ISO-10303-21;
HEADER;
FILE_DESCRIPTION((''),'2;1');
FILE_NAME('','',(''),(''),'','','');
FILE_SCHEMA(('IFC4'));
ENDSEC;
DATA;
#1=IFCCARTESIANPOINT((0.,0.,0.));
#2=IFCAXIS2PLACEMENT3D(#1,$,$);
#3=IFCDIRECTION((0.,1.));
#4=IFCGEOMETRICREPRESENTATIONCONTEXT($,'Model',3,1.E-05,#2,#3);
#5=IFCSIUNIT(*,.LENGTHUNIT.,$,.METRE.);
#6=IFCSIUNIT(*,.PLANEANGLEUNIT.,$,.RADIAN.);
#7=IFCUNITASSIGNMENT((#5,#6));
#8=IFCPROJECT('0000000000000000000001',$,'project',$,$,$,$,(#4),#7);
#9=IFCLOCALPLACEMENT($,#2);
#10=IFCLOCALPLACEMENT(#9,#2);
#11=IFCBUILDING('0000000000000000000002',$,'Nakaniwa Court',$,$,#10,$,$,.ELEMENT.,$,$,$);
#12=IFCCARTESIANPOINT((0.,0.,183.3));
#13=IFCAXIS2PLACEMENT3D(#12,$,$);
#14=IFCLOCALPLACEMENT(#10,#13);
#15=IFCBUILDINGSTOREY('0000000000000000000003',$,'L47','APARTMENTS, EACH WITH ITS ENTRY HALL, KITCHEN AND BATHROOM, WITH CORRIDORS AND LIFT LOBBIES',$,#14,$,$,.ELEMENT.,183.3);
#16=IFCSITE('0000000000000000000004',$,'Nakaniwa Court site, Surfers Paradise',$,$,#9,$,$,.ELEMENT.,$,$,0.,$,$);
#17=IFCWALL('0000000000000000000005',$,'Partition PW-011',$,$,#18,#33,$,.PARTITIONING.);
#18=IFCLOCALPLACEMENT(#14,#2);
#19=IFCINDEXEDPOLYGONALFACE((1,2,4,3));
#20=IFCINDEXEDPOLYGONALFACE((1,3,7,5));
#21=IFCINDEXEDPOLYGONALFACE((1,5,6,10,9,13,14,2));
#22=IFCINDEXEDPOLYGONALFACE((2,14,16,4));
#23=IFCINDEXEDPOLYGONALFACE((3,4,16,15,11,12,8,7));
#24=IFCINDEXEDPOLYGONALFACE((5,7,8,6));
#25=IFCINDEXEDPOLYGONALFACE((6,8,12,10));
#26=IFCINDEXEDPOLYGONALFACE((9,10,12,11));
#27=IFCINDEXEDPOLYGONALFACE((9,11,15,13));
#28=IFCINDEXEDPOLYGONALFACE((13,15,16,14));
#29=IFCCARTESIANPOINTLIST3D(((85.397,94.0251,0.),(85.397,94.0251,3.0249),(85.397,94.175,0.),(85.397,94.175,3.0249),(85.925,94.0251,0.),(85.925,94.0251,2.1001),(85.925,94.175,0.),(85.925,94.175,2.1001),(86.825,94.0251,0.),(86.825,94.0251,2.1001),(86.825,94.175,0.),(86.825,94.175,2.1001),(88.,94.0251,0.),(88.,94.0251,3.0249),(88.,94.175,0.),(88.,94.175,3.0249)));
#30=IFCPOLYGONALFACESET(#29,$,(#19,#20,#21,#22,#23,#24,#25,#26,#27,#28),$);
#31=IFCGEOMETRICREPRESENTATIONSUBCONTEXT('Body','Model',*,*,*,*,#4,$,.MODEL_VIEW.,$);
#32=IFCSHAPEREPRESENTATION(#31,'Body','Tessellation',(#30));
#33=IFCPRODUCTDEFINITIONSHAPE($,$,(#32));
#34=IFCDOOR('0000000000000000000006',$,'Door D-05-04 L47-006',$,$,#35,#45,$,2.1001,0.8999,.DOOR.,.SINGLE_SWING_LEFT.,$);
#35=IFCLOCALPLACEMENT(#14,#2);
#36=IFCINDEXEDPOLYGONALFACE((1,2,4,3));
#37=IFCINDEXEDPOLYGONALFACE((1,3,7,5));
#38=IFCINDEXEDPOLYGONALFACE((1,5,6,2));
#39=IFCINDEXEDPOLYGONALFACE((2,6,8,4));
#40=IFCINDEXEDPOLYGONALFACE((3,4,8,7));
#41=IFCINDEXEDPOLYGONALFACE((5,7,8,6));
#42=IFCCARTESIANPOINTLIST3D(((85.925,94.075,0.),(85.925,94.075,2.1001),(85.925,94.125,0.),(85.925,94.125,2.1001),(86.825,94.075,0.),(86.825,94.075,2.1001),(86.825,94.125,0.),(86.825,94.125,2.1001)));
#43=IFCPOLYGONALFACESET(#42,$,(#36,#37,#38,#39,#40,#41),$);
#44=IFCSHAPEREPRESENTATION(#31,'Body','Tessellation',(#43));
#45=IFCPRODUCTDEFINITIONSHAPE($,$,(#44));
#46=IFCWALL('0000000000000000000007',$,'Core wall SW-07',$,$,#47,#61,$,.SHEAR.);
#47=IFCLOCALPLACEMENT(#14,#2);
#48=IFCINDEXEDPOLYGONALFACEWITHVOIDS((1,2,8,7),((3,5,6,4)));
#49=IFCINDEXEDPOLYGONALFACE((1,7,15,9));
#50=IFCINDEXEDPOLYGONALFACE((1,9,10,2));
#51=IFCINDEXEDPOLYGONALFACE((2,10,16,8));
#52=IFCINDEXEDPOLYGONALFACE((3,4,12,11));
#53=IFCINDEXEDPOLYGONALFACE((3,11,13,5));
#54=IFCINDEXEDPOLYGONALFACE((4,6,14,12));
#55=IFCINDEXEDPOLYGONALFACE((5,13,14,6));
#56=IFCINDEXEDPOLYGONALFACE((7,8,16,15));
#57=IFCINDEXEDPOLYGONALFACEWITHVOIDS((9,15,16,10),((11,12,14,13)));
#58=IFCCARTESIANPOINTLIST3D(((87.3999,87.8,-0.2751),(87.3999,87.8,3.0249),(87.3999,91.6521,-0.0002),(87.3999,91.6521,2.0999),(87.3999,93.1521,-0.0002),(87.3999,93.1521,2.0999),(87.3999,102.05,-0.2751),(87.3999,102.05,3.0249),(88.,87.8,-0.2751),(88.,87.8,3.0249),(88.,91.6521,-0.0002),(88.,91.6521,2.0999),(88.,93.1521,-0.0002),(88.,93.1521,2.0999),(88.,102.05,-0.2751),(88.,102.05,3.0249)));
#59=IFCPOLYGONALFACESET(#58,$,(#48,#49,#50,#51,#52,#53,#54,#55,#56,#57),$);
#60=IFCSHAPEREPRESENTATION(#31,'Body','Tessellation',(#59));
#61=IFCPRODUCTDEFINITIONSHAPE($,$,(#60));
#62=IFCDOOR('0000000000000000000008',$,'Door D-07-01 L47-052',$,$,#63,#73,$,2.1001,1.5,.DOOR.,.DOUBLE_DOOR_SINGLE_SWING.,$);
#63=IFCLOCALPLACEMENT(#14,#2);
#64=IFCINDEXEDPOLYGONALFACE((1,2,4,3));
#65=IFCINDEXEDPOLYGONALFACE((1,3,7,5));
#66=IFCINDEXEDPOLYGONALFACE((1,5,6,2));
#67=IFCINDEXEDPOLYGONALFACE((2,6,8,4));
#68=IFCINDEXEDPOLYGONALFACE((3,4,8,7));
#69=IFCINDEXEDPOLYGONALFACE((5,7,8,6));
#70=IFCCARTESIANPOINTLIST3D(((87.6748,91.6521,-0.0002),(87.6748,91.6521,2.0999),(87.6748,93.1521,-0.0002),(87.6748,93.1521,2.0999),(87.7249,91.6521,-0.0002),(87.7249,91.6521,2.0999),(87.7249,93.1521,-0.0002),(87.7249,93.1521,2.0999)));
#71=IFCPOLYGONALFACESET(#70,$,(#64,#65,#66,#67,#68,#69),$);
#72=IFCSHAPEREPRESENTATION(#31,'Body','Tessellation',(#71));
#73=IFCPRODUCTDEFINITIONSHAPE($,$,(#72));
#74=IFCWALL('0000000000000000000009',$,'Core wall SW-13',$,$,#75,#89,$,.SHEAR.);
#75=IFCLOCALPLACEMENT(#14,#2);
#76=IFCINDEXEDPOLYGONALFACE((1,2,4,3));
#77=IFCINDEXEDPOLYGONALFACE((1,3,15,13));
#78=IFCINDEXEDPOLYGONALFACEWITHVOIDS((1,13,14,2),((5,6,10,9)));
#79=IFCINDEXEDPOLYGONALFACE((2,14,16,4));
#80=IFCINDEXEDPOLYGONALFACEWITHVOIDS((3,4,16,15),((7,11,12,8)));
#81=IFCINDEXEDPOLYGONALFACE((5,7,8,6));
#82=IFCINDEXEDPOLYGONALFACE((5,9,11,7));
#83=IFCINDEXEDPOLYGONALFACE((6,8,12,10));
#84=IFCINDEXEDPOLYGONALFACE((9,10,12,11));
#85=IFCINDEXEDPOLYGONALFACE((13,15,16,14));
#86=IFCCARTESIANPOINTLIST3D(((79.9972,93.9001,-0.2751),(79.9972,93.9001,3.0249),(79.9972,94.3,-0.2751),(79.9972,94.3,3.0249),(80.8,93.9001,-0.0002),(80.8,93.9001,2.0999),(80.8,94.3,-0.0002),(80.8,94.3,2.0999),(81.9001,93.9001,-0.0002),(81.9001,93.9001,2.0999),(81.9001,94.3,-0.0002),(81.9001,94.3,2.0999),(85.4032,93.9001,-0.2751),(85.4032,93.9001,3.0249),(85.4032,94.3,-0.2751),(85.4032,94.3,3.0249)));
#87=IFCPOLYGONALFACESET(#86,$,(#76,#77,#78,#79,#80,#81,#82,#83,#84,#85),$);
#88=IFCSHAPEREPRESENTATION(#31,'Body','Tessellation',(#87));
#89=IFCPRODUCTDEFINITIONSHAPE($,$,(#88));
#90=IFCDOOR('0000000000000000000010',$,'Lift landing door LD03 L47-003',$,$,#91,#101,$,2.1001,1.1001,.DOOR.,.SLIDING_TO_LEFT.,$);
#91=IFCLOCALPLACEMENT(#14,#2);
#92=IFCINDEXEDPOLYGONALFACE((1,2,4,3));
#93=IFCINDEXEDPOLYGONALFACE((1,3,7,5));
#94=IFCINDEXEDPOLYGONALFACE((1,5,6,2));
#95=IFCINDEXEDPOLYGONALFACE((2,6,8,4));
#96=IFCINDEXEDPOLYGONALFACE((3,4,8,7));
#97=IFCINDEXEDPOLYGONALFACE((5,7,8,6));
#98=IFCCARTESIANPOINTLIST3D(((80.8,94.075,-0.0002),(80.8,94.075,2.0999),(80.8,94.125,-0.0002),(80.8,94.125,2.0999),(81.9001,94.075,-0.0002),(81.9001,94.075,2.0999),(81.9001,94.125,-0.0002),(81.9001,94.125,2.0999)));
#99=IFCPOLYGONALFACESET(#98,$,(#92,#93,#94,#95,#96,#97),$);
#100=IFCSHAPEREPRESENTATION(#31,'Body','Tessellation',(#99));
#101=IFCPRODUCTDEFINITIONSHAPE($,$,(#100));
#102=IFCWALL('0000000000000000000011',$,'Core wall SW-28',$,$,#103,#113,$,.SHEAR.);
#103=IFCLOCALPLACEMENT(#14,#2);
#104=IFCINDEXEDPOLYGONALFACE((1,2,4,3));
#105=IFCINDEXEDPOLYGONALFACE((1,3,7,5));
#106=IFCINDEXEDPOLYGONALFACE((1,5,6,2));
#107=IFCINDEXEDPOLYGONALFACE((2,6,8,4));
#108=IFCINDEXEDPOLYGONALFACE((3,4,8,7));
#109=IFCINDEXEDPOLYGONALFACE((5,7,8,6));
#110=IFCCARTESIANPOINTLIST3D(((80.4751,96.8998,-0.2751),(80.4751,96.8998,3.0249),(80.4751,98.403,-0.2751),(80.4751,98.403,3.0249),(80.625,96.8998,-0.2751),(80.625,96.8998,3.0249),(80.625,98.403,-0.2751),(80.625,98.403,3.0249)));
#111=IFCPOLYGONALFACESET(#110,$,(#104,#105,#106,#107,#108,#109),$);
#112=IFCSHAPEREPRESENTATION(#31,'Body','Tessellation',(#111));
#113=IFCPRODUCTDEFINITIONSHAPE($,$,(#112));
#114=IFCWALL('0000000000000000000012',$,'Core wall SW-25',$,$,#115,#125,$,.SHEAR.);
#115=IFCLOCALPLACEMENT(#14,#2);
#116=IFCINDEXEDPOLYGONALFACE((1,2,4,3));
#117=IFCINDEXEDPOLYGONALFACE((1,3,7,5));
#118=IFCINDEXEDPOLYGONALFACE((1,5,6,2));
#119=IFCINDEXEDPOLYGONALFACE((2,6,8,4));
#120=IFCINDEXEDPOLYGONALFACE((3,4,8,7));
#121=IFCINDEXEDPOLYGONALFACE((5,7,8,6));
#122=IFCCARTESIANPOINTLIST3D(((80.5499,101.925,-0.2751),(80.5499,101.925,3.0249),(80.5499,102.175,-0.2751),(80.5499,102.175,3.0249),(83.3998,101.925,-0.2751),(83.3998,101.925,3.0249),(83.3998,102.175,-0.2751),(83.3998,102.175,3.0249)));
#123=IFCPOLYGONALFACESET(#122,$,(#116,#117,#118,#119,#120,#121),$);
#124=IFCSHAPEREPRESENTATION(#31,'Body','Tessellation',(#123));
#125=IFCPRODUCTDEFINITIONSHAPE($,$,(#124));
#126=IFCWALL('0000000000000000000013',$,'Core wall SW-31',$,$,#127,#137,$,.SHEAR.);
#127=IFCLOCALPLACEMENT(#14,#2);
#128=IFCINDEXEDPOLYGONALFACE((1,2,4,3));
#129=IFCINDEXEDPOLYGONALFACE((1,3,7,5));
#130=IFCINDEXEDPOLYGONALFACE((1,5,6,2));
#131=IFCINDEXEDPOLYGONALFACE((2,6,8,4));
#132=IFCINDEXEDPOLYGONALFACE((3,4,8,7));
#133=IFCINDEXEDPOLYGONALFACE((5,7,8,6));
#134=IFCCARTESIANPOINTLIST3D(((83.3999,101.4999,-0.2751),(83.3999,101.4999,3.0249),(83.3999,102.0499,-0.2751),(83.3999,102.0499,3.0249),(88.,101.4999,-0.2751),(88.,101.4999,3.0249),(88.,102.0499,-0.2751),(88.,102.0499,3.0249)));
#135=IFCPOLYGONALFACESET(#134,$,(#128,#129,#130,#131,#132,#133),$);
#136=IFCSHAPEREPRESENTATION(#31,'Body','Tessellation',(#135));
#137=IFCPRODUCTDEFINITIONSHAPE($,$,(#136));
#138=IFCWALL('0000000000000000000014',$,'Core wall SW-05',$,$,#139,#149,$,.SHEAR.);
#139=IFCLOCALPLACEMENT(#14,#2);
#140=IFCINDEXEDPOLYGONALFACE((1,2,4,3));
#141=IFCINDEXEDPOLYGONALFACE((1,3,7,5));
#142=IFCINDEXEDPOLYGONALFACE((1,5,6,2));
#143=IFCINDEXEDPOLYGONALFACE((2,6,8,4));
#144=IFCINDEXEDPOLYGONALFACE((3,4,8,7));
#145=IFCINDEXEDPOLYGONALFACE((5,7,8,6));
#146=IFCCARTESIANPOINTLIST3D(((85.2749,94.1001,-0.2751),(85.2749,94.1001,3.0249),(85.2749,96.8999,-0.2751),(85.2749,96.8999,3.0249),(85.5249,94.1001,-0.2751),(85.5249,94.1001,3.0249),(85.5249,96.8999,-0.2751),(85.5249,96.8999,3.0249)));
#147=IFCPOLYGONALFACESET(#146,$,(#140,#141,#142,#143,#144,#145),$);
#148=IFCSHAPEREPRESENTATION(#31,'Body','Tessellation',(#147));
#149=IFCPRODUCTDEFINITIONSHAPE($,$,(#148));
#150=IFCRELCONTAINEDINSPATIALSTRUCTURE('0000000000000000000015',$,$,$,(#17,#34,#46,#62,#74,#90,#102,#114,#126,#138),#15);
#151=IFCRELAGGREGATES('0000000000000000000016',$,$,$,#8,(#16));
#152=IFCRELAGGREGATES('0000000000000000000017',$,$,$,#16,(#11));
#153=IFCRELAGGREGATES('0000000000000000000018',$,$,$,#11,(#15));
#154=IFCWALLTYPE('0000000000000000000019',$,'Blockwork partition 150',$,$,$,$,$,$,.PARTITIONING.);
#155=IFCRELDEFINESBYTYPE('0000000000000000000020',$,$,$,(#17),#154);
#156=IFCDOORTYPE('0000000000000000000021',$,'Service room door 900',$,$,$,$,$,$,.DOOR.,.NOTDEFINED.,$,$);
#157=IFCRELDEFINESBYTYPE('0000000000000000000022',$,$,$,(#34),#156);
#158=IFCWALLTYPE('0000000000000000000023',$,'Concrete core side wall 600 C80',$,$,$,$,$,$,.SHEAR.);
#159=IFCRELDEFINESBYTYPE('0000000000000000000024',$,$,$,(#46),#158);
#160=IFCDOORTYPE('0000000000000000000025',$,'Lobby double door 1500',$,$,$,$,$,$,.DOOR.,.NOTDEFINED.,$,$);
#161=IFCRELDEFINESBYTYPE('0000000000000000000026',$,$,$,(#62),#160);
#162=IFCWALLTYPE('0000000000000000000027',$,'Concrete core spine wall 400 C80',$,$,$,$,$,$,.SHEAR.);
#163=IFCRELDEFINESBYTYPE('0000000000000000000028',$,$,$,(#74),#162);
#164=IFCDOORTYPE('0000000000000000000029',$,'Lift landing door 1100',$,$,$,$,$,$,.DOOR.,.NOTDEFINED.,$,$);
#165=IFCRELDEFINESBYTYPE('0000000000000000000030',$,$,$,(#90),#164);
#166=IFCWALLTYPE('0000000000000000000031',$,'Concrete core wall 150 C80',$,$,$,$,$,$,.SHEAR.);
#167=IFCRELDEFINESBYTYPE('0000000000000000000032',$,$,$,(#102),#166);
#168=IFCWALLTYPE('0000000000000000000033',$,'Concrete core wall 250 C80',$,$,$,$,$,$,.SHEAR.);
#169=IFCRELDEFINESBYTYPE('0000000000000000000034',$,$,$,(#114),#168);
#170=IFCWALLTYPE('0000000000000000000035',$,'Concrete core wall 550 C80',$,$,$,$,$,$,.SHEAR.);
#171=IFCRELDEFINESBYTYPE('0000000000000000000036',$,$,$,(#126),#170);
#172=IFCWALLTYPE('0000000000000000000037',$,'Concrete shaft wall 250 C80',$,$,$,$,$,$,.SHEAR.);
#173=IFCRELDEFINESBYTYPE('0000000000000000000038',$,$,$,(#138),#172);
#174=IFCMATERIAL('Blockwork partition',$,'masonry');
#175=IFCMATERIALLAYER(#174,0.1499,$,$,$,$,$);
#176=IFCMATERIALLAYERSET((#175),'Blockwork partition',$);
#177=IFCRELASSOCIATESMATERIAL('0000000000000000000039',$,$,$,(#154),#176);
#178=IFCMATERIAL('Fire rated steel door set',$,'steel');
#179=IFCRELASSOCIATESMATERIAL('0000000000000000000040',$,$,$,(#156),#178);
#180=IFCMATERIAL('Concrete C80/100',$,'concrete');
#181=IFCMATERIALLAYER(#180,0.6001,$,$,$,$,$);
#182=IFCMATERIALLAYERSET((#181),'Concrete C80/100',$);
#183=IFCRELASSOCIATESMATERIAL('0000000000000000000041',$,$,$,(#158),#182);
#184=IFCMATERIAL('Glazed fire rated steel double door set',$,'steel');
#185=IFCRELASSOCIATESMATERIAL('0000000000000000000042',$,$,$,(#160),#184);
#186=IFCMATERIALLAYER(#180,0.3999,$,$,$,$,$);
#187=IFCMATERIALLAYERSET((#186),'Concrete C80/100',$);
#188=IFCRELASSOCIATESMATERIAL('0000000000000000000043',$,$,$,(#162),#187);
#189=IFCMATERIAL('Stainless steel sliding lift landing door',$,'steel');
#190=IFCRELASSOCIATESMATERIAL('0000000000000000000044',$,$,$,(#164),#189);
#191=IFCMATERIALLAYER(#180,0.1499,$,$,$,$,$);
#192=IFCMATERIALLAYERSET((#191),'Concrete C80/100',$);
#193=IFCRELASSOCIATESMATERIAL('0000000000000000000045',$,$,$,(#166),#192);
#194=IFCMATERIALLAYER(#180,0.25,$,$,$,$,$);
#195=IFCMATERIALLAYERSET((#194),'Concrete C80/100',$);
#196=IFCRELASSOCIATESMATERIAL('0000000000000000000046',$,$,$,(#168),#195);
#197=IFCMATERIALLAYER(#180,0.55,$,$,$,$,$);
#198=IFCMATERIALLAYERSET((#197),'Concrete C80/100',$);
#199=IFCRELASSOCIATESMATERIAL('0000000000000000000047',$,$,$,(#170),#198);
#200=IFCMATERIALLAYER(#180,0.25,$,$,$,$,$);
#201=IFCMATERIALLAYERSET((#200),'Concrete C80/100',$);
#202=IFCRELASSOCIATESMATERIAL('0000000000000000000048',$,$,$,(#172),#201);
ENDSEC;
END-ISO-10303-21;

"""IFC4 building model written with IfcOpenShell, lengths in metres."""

from ifc_helpers import new_model, si_unit, direction, frame, frame_2d, origin, place, context, subcontext, project, spatial, rectangle, extrude, material, layer, layer_set, type_object, element, fill, save


model = new_model("IFC4")

# Units and contexts
model_context = context("Model", 3, precision=1e-05, world=origin(), true_north=direction((0.0, 1.0)))
body_context = subcontext(model_context, "Body", "Model", "MODEL_VIEW")
ifc_project = project(units=[si_unit("LENGTHUNIT", "METRE"), si_unit("PLANEANGLEUNIT", "RADIAN")], contexts=[model_context])

# Site, building, storey
site_placement = place(None, origin())
site = spatial("IfcSite", under=ifc_project, at=site_placement, Name="Nakaniwa Court site, Surfers Paradise", CompositionType="ELEMENT", RefElevation=0.0)
building_placement = place(site_placement, origin())
building = spatial("IfcBuilding", under=site, at=building_placement, Name="Nakaniwa Court", CompositionType="ELEMENT")
storey_placement = place(building_placement, frame((0.0, 0.0, 183.3)))
storey = spatial("IfcBuildingStorey", under=building, at=storey_placement, Name="L47", Description="APARTMENTS, EACH WITH ITS ENTRY HALL, KITCHEN AND BATHROOM, WITH CORRIDORS AND LIFT LOBBIES", CompositionType="ELEMENT", Elevation=183.3)

# Walls, openings, doors
ifc_material_1 = material(Name="Blockwork partition", Category="masonry")
ifc_layer_1 = layer(ifc_material_1, 0.1499)
ifc_layer_set_1 = layer_set([ifc_layer_1], Name="Blockwork partition")
wall_type_1 = type_object("IfcWallType", Name="Blockwork partition 150", PredefinedType="PARTITIONING", material=ifc_layer_set_1)
wall_1_placement = place(storey_placement, frame((85.397, 94.1001, 0.0), z_axis=(0.0, 0.0, 1.0), x_axis=(1.0, 0.0, 0.0)))
wall_1 = element("IfcWall", 1, at=wall_1_placement, inside=storey, type_object=wall_type_1, Name="Partition PW-011", PredefinedType="PARTITIONING", context=body_context, shape_type="SweptSolid", body=[
    extrude(rectangle(XDim=2.603, YDim=0.1499, at=frame_2d((1.3015, 0.0))), origin(), (0.0, 0.0, 1.0), 3.0249),
])
opening_1_placement = place(wall_1_placement, frame((0.5281, 0.0, 0.0)))
opening_1 = element("IfcOpeningElement", 2, at=opening_1_placement, cuts=wall_1, PredefinedType="OPENING", context=body_context, shape_type="SweptSolid", body=[
    extrude(rectangle(XDim=0.8999, YDim=2.1001, at=frame_2d((0.45, 1.05))), frame((0.0, 0.085, 0.0), z_axis=(0.0, -1.0, 0.0), x_axis=(1.0, 0.0, 0.0)), (0.0, 0.0, 1.0), 0.1699),
])
ifc_material_2 = material(Name="Fire rated steel door set", Category="steel")
door_type_1 = type_object("IfcDoorType", Name="Service room door 900", OperationType="NOTDEFINED", PredefinedType="DOOR", material=ifc_material_2)
door_1_placement = place(opening_1_placement, origin())
door_1 = element("IfcDoor", 3, at=door_1_placement, inside=storey, type_object=door_type_1, Name="Door D-05-04 L47-006", OperationType="SINGLE_SWING_LEFT", OverallHeight=2.1001, OverallWidth=0.8999, PredefinedType="DOOR", context=body_context, shape_type="SweptSolid", body=[
    extrude(rectangle(XDim=0.8999, YDim=2.1001, at=frame_2d((0.45, 1.05))), frame((0.0, 0.0249, 0.0), z_axis=(0.0, -1.0, 0.0), x_axis=(1.0, 0.0, 0.0)), (0.0, 0.0, 1.0), 0.05),
])
fill(opening_1, door_1)
ifc_material_3 = material(Name="Concrete C80/100", Category="concrete")
ifc_layer_2 = layer(ifc_material_3, 0.6001)
ifc_layer_set_2 = layer_set([ifc_layer_2], Name="Concrete C80/100")
wall_type_2 = type_object("IfcWallType", Name="Concrete core side wall 600 C80", PredefinedType="SHEAR", material=ifc_layer_set_2)
wall_2_placement = place(storey_placement, frame((87.7, 102.05, -0.2751), z_axis=(0.0, 0.0, 1.0), x_axis=(0.0, -1.0, 0.0)))
wall_2 = element("IfcWall", 4, at=wall_2_placement, inside=storey, type_object=wall_type_2, Name="Core wall SW-07", PredefinedType="SHEAR", context=body_context, shape_type="SweptSolid", body=[
    extrude(rectangle(XDim=14.25, YDim=0.6001, at=frame_2d((7.125, 0.0))), origin(), (0.0, 0.0, 1.0), 3.3),
])
opening_2_placement = place(wall_2_placement, frame((8.8979, 0.0, 0.2749)))
opening_2 = element("IfcOpeningElement", 5, at=opening_2_placement, cuts=wall_2, PredefinedType="OPENING", context=body_context, shape_type="SweptSolid", body=[
    extrude(rectangle(XDim=1.5, YDim=2.1001, at=frame_2d((0.75, 1.05))), frame((0.0, 0.3101, 0.0), z_axis=(0.0, -1.0, 0.0), x_axis=(1.0, 0.0, 0.0)), (0.0, 0.0, 1.0), 0.6201),
])
ifc_material_4 = material(Name="Glazed fire rated steel double door set", Category="steel")
door_type_2 = type_object("IfcDoorType", Name="Lobby double door 1500", OperationType="NOTDEFINED", PredefinedType="DOOR", material=ifc_material_4)
door_2_placement = place(opening_2_placement, origin())
door_2 = element("IfcDoor", 6, at=door_2_placement, inside=storey, type_object=door_type_2, Name="Door D-07-01 L47-052", OperationType="DOUBLE_DOOR_SINGLE_SWING", OverallHeight=2.1001, OverallWidth=1.5, PredefinedType="DOOR", context=body_context, shape_type="SweptSolid", body=[
    extrude(rectangle(XDim=1.5, YDim=2.1001, at=frame_2d((0.75, 1.05))), frame((0.0, 0.0249, 0.0), z_axis=(0.0, -1.0, 0.0), x_axis=(1.0, 0.0, 0.0)), (0.0, 0.0, 1.0), 0.05),
])
fill(opening_2, door_2)
ifc_layer_3 = layer(ifc_material_3, 0.3999)
ifc_layer_set_3 = layer_set([ifc_layer_3], Name="Concrete C80/100")
wall_type_3 = type_object("IfcWallType", Name="Concrete core spine wall 400 C80", PredefinedType="SHEAR", material=ifc_layer_set_3)
wall_3_placement = place(storey_placement, frame((79.9971, 94.1001, -0.2751), z_axis=(0.0, 0.0, 1.0), x_axis=(1.0, 0.0, 0.0)))
wall_3 = element("IfcWall", 7, at=wall_3_placement, inside=storey, type_object=wall_type_3, Name="Core wall SW-13", PredefinedType="SHEAR", context=body_context, shape_type="SweptSolid", body=[
    extrude(rectangle(XDim=5.406, YDim=0.3999, at=frame_2d((2.7031, 0.0))), origin(), (0.0, 0.0, 1.0), 3.3),
])
opening_3_placement = place(wall_3_placement, frame((0.803, 0.0, 0.2749)))
opening_3 = element("IfcOpeningElement", 8, at=opening_3_placement, cuts=wall_3, PredefinedType="OPENING", context=body_context, shape_type="SweptSolid", body=[
    extrude(rectangle(XDim=1.1001, YDim=2.1001, at=frame_2d((0.55, 1.05))), frame((0.0, 0.21, 0.0), z_axis=(0.0, -1.0, 0.0), x_axis=(1.0, 0.0, 0.0)), (0.0, 0.0, 1.0), 0.4199),
])
ifc_material_5 = material(Name="Stainless steel sliding lift landing door", Category="steel")
door_type_3 = type_object("IfcDoorType", Name="Lift landing door 1100", OperationType="NOTDEFINED", PredefinedType="DOOR", material=ifc_material_5)
door_3_placement = place(opening_3_placement, origin())
door_3 = element("IfcDoor", 9, at=door_3_placement, inside=storey, type_object=door_type_3, Name="Lift landing door LD03 L47-003", OperationType="SLIDING_TO_LEFT", OverallHeight=2.1001, OverallWidth=1.1001, PredefinedType="DOOR", context=body_context, shape_type="SweptSolid", body=[
    extrude(rectangle(XDim=1.1001, YDim=2.1001, at=frame_2d((0.55, 1.05))), frame((0.0, 0.0249, 0.0), z_axis=(0.0, -1.0, 0.0), x_axis=(1.0, 0.0, 0.0)), (0.0, 0.0, 1.0), 0.05),
])
fill(opening_3, door_3)

# Walls
ifc_layer_4 = layer(ifc_material_3, 0.1499)
ifc_layer_set_4 = layer_set([ifc_layer_4], Name="Concrete C80/100")
wall_type_4 = type_object("IfcWallType", Name="Concrete core wall 150 C80", PredefinedType="SHEAR", material=ifc_layer_set_4)
wall_4_placement = place(storey_placement, frame((80.55, 96.8999, -0.2751), z_axis=(0.0, 0.0, 1.0), x_axis=(0.0, 1.0, 0.0)))
element("IfcWall", 10, at=wall_4_placement, inside=storey, type_object=wall_type_4, Name="Core wall SW-28", PredefinedType="SHEAR", context=body_context, shape_type="SweptSolid", body=[
    extrude(rectangle(XDim=1.5032, YDim=0.1499, at=frame_2d((0.7515, 0.0))), origin(), (0.0, 0.0, 1.0), 3.3),
])
ifc_layer_5 = layer(ifc_material_3, 0.25)
ifc_layer_set_5 = layer_set([ifc_layer_5], Name="Concrete C80/100")
wall_type_5 = type_object("IfcWallType", Name="Concrete core wall 250 C80", PredefinedType="SHEAR", material=ifc_layer_set_5)
wall_5_placement = place(storey_placement, frame((80.55, 102.05, -0.2751), z_axis=(0.0, 0.0, 1.0), x_axis=(1.0, 0.0, 0.0)))
element("IfcWall", 11, at=wall_5_placement, inside=storey, type_object=wall_type_5, Name="Core wall SW-25", PredefinedType="SHEAR", context=body_context, shape_type="SweptSolid", body=[
    extrude(rectangle(XDim=2.8499, YDim=0.25, at=frame_2d((1.4248, 0.0))), origin(), (0.0, 0.0, 1.0), 3.3),
])
ifc_layer_6 = layer(ifc_material_3, 0.55)
ifc_layer_set_6 = layer_set([ifc_layer_6], Name="Concrete C80/100")
wall_type_6 = type_object("IfcWallType", Name="Concrete core wall 550 C80", PredefinedType="SHEAR", material=ifc_layer_set_6)
wall_6_placement = place(storey_placement, frame((83.3999, 101.7749, -0.2751), z_axis=(0.0, 0.0, 1.0), x_axis=(1.0, 0.0, 0.0)))
element("IfcWall", 12, at=wall_6_placement, inside=storey, type_object=wall_type_6, Name="Core wall SW-31", PredefinedType="SHEAR", context=body_context, shape_type="SweptSolid", body=[
    extrude(rectangle(XDim=4.6001, YDim=0.55, at=frame_2d((2.3, 0.0))), origin(), (0.0, 0.0, 1.0), 3.3),
])
ifc_layer_7 = layer(ifc_material_3, 0.25)
ifc_layer_set_7 = layer_set([ifc_layer_7], Name="Concrete C80/100")
wall_type_7 = type_object("IfcWallType", Name="Concrete shaft wall 250 C80", PredefinedType="SHEAR", material=ifc_layer_set_7)
wall_7_placement = place(storey_placement, frame((85.3999, 94.1001, -0.2751), z_axis=(0.0, 0.0, 1.0), x_axis=(0.0, 1.0, 0.0)))
element("IfcWall", 13, at=wall_7_placement, inside=storey, type_object=wall_type_7, Name="Core wall SW-05", PredefinedType="SHEAR", context=body_context, shape_type="SweptSolid", body=[
    extrude(rectangle(XDim=2.7998, YDim=0.25, at=frame_2d((1.3999, 0.0))), origin(), (0.0, 0.0, 1.0), 3.3),
])

save(model, "model.ifc")
